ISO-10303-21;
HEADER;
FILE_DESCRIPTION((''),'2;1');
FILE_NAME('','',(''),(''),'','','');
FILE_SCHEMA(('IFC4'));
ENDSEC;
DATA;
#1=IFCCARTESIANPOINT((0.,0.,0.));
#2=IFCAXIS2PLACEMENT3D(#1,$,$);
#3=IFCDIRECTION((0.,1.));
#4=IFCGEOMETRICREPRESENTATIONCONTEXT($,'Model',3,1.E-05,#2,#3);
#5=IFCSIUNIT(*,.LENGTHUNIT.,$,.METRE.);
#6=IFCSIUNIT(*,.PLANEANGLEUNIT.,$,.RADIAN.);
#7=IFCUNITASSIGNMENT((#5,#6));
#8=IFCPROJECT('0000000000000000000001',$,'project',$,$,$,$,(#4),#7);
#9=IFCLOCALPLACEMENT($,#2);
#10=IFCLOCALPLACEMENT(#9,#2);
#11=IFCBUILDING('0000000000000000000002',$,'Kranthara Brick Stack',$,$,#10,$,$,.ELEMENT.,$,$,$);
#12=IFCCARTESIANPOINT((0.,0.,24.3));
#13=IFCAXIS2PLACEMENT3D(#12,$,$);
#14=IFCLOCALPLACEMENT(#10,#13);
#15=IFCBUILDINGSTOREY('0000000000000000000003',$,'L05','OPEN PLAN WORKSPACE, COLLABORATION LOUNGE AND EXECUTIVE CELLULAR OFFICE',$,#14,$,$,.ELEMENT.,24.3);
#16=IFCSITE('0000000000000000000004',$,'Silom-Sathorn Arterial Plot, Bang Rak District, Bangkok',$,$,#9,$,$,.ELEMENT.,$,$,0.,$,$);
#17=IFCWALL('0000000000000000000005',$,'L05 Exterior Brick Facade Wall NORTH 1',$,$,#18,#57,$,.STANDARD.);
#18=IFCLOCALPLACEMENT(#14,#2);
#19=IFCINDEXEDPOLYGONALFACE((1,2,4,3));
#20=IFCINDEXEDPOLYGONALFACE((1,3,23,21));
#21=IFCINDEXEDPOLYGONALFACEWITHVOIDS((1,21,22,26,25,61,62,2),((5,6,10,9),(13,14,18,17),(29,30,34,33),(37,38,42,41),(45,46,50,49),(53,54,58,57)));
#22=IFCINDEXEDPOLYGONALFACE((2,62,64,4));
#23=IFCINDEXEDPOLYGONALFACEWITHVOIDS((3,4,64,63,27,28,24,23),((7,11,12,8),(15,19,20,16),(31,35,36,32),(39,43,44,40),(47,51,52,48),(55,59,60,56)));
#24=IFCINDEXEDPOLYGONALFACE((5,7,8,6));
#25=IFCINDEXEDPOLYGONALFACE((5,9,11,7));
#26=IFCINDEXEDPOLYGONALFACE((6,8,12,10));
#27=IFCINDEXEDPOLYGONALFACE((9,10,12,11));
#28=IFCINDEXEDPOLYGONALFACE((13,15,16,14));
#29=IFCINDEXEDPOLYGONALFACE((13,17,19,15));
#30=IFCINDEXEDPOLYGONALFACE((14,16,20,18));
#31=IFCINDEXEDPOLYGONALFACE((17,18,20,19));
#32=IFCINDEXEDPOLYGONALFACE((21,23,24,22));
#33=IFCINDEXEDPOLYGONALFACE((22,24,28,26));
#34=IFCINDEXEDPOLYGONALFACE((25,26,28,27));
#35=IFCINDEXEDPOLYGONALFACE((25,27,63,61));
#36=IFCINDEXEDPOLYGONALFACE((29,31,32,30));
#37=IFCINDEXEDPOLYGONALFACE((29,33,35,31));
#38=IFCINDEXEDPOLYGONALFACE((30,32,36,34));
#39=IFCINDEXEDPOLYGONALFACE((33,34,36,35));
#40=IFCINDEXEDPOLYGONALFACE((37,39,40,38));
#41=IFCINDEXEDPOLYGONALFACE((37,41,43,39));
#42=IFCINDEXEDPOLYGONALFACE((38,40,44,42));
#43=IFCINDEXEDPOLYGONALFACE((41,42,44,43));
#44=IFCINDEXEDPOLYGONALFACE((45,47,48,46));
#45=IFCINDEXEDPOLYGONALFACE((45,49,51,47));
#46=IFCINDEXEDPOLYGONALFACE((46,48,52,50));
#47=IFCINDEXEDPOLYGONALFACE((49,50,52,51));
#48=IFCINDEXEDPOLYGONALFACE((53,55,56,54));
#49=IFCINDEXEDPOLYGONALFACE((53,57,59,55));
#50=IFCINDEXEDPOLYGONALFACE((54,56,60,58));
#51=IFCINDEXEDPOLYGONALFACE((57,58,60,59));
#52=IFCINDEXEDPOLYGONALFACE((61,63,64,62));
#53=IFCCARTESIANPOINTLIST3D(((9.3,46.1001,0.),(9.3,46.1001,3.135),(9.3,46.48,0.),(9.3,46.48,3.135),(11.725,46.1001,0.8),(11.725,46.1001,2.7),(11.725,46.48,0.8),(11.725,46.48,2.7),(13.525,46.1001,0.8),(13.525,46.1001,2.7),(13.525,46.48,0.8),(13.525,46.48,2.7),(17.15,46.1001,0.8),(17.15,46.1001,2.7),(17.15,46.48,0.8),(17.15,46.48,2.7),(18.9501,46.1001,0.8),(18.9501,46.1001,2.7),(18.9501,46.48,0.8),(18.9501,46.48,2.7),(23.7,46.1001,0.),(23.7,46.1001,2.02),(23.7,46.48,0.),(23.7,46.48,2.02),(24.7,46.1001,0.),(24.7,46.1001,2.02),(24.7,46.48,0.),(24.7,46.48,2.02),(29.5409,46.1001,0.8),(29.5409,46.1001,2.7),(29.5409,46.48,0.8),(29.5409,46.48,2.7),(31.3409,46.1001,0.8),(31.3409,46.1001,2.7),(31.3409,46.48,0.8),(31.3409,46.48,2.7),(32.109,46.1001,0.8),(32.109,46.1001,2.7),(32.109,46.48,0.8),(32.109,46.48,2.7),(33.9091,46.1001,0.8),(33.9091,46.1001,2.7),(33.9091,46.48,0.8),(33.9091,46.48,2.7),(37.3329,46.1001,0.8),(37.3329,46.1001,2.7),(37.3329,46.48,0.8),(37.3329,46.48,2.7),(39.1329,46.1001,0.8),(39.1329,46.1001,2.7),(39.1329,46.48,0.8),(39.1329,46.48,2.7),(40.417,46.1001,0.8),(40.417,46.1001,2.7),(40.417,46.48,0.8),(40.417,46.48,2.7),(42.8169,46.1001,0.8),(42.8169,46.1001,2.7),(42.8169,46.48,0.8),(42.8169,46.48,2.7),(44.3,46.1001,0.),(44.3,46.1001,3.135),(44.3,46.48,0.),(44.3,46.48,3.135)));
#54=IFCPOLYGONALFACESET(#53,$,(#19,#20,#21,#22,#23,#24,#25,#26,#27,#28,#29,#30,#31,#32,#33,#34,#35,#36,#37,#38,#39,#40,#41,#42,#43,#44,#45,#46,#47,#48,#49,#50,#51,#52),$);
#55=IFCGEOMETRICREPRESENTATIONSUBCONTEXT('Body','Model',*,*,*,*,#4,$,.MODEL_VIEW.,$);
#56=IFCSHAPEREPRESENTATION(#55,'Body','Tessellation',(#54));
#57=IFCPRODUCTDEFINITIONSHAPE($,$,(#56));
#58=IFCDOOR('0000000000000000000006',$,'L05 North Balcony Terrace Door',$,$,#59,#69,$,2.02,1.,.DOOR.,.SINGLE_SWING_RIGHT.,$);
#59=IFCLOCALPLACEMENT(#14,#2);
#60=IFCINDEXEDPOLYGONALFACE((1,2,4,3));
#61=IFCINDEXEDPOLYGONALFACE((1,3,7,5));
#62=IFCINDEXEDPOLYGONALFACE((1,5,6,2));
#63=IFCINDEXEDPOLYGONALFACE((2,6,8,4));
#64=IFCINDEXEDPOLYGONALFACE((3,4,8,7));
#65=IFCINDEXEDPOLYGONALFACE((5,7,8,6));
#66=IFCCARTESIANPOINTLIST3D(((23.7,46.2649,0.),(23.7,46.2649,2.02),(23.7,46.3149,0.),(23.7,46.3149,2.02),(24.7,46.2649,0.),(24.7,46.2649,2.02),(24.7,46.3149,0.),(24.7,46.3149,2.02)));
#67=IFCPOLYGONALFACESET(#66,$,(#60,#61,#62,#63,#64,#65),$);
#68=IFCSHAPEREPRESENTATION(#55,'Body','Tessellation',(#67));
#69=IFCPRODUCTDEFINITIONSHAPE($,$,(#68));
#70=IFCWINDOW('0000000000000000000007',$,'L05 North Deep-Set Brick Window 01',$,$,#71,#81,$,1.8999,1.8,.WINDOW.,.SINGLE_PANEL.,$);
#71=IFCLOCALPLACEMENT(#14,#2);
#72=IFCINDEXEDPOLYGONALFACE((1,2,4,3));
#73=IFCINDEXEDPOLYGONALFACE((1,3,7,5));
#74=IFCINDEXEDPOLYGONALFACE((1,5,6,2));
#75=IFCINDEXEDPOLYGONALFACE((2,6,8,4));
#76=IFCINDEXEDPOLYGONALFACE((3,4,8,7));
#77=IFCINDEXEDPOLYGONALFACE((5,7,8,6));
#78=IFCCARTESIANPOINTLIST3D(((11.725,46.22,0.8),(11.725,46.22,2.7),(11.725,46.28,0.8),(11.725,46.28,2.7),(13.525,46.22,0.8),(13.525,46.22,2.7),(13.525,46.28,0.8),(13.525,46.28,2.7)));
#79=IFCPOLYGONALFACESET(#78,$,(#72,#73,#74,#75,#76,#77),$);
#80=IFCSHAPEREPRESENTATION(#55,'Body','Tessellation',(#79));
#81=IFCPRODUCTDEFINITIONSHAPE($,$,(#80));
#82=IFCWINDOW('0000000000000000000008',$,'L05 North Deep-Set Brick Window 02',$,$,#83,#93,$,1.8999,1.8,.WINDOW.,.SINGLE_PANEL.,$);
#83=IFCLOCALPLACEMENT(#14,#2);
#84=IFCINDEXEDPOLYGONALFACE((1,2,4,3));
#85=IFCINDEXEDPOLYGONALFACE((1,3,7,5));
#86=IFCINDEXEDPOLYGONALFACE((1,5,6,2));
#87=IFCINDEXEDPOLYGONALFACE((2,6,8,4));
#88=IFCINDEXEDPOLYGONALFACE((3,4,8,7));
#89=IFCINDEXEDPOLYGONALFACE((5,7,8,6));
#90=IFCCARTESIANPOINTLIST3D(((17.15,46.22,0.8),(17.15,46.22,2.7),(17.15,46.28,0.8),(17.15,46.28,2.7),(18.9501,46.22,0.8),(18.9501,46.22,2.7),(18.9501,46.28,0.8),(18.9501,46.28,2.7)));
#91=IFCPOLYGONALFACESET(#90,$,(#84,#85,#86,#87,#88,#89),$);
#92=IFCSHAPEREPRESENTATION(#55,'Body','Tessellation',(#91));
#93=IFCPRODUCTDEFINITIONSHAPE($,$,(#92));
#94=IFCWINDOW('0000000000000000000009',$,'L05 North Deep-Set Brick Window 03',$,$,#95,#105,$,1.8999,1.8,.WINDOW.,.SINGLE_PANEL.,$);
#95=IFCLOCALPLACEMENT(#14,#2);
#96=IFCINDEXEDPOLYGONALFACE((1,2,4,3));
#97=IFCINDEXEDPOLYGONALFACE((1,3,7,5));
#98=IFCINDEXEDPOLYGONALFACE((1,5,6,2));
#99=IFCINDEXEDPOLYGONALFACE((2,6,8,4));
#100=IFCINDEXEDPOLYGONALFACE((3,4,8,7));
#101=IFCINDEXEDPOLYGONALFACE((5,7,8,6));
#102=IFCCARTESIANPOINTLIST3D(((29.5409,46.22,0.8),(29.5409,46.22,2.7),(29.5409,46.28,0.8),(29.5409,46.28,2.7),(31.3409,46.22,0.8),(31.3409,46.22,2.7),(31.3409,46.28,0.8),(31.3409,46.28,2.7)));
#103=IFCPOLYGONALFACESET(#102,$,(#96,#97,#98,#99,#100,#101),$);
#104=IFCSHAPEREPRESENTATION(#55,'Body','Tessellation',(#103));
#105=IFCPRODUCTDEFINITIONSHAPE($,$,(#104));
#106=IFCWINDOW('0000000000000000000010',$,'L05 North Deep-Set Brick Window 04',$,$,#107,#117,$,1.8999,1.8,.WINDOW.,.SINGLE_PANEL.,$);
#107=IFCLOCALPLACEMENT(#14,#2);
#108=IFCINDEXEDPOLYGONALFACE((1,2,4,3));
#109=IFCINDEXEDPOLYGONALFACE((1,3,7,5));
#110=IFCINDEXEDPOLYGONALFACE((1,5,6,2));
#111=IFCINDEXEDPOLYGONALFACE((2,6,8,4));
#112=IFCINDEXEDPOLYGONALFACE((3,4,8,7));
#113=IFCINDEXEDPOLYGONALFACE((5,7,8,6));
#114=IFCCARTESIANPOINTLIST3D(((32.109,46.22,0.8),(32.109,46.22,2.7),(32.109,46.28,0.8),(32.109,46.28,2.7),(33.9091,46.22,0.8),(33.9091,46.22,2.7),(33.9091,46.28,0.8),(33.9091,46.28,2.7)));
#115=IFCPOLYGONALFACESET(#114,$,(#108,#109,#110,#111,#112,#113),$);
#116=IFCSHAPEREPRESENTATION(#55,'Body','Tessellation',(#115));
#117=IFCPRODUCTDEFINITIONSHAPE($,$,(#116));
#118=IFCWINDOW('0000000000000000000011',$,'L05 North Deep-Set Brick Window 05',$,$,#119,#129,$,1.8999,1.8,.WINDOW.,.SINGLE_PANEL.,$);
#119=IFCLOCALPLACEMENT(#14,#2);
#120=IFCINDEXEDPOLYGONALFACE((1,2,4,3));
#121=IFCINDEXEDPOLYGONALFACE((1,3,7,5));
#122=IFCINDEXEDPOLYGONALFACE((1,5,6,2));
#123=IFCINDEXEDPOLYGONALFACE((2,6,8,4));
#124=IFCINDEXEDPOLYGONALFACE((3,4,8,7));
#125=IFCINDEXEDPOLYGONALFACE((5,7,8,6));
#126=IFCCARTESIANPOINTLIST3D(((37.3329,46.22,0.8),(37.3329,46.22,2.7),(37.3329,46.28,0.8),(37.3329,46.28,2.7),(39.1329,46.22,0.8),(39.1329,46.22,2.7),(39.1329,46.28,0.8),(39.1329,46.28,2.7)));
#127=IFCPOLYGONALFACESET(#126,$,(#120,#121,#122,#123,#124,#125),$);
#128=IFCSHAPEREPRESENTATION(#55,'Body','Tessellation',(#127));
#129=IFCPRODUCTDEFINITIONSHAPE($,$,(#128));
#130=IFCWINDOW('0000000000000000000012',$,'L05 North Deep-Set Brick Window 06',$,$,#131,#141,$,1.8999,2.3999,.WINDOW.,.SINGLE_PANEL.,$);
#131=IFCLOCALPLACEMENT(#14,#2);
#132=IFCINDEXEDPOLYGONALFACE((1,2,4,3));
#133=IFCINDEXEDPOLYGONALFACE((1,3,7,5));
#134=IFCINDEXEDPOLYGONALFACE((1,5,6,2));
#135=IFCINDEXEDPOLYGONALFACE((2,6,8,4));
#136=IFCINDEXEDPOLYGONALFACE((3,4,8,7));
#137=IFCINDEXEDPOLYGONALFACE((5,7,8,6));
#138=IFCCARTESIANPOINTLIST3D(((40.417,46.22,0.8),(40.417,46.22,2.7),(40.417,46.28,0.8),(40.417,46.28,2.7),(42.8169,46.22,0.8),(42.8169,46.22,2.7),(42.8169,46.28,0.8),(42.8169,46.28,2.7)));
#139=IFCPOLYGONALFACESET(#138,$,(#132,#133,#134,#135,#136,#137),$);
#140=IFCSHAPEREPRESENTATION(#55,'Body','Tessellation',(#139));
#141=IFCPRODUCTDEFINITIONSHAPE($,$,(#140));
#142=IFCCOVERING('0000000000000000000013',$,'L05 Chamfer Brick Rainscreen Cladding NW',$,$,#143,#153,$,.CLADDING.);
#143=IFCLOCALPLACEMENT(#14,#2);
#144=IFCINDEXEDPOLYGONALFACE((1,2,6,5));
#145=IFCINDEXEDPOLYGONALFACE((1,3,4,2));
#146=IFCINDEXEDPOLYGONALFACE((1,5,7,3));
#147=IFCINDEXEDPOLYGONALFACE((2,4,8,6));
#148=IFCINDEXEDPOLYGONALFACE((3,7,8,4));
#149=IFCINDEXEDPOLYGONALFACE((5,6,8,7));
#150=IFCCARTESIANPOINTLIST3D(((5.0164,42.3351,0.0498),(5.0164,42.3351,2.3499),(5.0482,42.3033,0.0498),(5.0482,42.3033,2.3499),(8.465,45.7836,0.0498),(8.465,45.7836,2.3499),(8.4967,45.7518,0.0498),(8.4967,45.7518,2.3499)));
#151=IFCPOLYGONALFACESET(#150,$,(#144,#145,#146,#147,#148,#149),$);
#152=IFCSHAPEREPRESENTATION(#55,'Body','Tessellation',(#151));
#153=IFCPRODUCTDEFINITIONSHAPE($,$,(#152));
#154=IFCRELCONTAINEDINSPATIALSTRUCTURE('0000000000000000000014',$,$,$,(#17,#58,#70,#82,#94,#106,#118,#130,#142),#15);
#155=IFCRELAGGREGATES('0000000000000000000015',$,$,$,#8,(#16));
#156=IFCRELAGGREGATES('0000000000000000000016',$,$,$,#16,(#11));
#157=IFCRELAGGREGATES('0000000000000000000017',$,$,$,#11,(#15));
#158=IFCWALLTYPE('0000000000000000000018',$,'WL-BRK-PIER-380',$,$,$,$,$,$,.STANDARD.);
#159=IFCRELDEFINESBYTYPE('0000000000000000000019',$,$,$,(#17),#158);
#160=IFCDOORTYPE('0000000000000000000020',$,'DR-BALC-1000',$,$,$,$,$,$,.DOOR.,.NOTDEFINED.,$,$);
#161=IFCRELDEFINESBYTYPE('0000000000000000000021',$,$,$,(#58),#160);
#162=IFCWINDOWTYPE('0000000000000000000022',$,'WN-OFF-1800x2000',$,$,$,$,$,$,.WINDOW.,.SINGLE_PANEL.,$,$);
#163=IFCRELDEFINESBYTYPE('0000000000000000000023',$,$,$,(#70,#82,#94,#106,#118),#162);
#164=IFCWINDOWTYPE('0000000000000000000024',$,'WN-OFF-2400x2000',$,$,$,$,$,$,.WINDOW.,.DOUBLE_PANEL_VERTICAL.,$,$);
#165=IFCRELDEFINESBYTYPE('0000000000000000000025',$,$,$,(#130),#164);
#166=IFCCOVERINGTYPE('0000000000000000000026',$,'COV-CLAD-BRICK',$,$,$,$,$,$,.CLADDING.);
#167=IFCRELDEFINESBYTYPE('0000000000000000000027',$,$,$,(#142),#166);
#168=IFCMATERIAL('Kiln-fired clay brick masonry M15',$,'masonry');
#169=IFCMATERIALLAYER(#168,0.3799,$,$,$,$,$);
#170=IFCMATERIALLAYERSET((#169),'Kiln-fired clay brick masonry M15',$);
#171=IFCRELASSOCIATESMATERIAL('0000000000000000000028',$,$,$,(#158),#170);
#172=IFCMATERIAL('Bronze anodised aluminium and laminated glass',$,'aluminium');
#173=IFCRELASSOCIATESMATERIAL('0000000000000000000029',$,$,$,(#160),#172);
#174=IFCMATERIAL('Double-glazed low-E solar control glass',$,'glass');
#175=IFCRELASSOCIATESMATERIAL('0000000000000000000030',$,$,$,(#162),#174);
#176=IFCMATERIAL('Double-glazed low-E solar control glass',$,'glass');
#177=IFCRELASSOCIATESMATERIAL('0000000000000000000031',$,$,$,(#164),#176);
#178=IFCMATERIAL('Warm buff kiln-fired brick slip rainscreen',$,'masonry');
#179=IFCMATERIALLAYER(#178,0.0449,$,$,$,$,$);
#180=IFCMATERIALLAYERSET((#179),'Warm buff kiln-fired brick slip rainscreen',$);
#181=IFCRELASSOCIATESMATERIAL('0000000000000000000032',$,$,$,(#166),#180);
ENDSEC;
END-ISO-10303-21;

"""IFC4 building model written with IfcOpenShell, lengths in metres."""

from ifc_helpers import new_model, si_unit, direction, frame, frame_2d, origin, origin_2d, place, context, subcontext, project, spatial, rectangle, extrude, material, layer, layer_set, type_object, element, fill, save


model = new_model("IFC4")

# Units and contexts
model_context = context("Model", 3, precision=1e-05, world=origin(), true_north=direction((0.0, 1.0)))
body_context = subcontext(model_context, "Body", "Model", "MODEL_VIEW")
ifc_project = project(units=[si_unit("LENGTHUNIT", "METRE"), si_unit("PLANEANGLEUNIT", "RADIAN")], contexts=[model_context])

# Site, building, storey
site_placement = place(None, origin())
site = spatial("IfcSite", under=ifc_project, at=site_placement, Name="Silom-Sathorn Arterial Plot, Bang Rak District, Bangkok", CompositionType="ELEMENT", RefElevation=0.0)
building_placement = place(site_placement, origin())
building = spatial("IfcBuilding", under=site, at=building_placement, Name="Kranthara Brick Stack", CompositionType="ELEMENT")
storey_placement = place(building_placement, frame((0.0, 0.0, 24.3)))
storey = spatial("IfcBuildingStorey", under=building, at=storey_placement, Name="L05", Description="OPEN PLAN WORKSPACE, COLLABORATION LOUNGE AND EXECUTIVE CELLULAR OFFICE", CompositionType="ELEMENT", Elevation=24.3)

# Wall, openings, door, windows
ifc_material_1 = material(Name="Kiln-fired clay brick masonry M15", Category="masonry")
ifc_layer_1 = layer(ifc_material_1, 0.3799)
ifc_layer_set_1 = layer_set([ifc_layer_1], Name="Kiln-fired clay brick masonry M15")
wall_type = type_object("IfcWallType", Name="WL-BRK-PIER-380", PredefinedType="STANDARD", material=ifc_layer_set_1)
wall_placement = place(storey_placement, frame((9.3, 46.29, 0.0), z_axis=(0.0, 0.0, 1.0), x_axis=(1.0, 0.0, 0.0)))
wall = element("IfcWall", 1, at=wall_placement, inside=storey, type_object=wall_type, Name="L05 Exterior Brick Facade Wall NORTH 1", PredefinedType="STANDARD", context=body_context, shape_type="SweptSolid", body=[
    extrude(rectangle(XDim=35.0, YDim=0.3799, at=frame_2d((17.5, 0.0))), origin(), (0.0, 0.0, 1.0), 3.135),
])
opening_1_placement = place(wall_placement, frame((14.3999, 0.0, 0.0)))
opening_1 = element("IfcOpeningElement", 2, at=opening_1_placement, cuts=wall, PredefinedType="OPENING", context=body_context, shape_type="SweptSolid", body=[
    extrude(rectangle(XDim=1.0, YDim=2.02, at=frame_2d((0.5, 1.01))), frame((0.0, 0.2, 0.0), z_axis=(0.0, -1.0, 0.0), x_axis=(1.0, 0.0, 0.0)), (0.0, 0.0, 1.0), 0.3999),
])
opening_2_placement = place(wall_placement, frame((2.425, 0.0, 0.8)))
opening_2 = element("IfcOpeningElement", 3, at=opening_2_placement, cuts=wall, PredefinedType="OPENING", context=body_context, shape_type="SweptSolid", body=[
    extrude(rectangle(XDim=1.8, YDim=1.8999, at=frame_2d((0.8999, 0.95))), frame((0.0, 0.2, 0.0), z_axis=(0.0, -1.0, 0.0), x_axis=(1.0, 0.0, 0.0)), (0.0, 0.0, 1.0), 0.3999),
])
opening_3_placement = place(wall_placement, frame((7.8501, 0.0, 0.8)))
opening_3 = element("IfcOpeningElement", 4, at=opening_3_placement, cuts=wall, PredefinedType="OPENING", context=body_context, shape_type="SweptSolid", body=[
    extrude(rectangle(XDim=1.8, YDim=1.8999, at=frame_2d((0.8999, 0.95))), frame((0.0, 0.2, 0.0), z_axis=(0.0, -1.0, 0.0), x_axis=(1.0, 0.0, 0.0)), (0.0, 0.0, 1.0), 0.3999),
])
opening_4_placement = place(wall_placement, frame((20.241, 0.0, 0.8)))
opening_4 = element("IfcOpeningElement", 5, at=opening_4_placement, cuts=wall, PredefinedType="OPENING", context=body_context, shape_type="SweptSolid", body=[
    extrude(rectangle(XDim=1.8, YDim=1.8999, at=frame_2d((0.8999, 0.95))), frame((0.0, 0.2, 0.0), z_axis=(0.0, -1.0, 0.0), x_axis=(1.0, 0.0, 0.0)), (0.0, 0.0, 1.0), 0.3999),
])
opening_5_placement = place(wall_placement, frame((22.8091, 0.0, 0.8)))
opening_5 = element("IfcOpeningElement", 6, at=opening_5_placement, cuts=wall, PredefinedType="OPENING", context=body_context, shape_type="SweptSolid", body=[
    extrude(rectangle(XDim=1.8, YDim=1.8999, at=frame_2d((0.8999, 0.95))), frame((0.0, 0.2, 0.0), z_axis=(0.0, -1.0, 0.0), x_axis=(1.0, 0.0, 0.0)), (0.0, 0.0, 1.0), 0.3999),
])
opening_6_placement = place(wall_placement, frame((28.033, 0.0, 0.8)))
opening_6 = element("IfcOpeningElement", 7, at=opening_6_placement, cuts=wall, PredefinedType="OPENING", context=body_context, shape_type="SweptSolid", body=[
    extrude(rectangle(XDim=1.8, YDim=1.8999, at=frame_2d((0.8999, 0.95))), frame((0.0, 0.2, 0.0), z_axis=(0.0, -1.0, 0.0), x_axis=(1.0, 0.0, 0.0)), (0.0, 0.0, 1.0), 0.3999),
])
opening_7_placement = place(wall_placement, frame((31.1169, 0.0, 0.8)))
opening_7 = element("IfcOpeningElement", 8, at=opening_7_placement, cuts=wall, PredefinedType="OPENING", context=body_context, shape_type="SweptSolid", body=[
    extrude(rectangle(XDim=2.3999, YDim=1.8999, at=frame_2d((1.2, 0.95))), frame((0.0, 0.2, 0.0), z_axis=(0.0, -1.0, 0.0), x_axis=(1.0, 0.0, 0.0)), (0.0, 0.0, 1.0), 0.3999),
])
ifc_material_2 = material(Name="Bronze anodised aluminium and laminated glass", Category="aluminium")
door_type = type_object("IfcDoorType", Name="DR-BALC-1000", OperationType="NOTDEFINED", PredefinedType="DOOR", material=ifc_material_2)
door_placement = place(opening_1_placement, origin())
door = element("IfcDoor", 9, at=door_placement, inside=storey, type_object=door_type, Name="L05 North Balcony Terrace Door", OperationType="SINGLE_SWING_RIGHT", OverallHeight=2.02, OverallWidth=1.0, PredefinedType="DOOR", context=body_context, shape_type="SweptSolid", body=[
    extrude(rectangle(XDim=1.0, YDim=2.02, at=frame_2d((0.5, 1.01))), frame((0.0, 0.0249, 0.0), z_axis=(0.0, -1.0, 0.0), x_axis=(1.0, 0.0, 0.0)), (0.0, 0.0, 1.0), 0.05),
])
fill(opening_1, door)
ifc_material_3 = material(Name="Double-glazed low-E solar control glass", Category="glass")
window_type_1 = type_object("IfcWindowType", Name="WN-OFF-1800x2000", PartitioningType="SINGLE_PANEL", PredefinedType="WINDOW", material=ifc_material_3)
window_1_placement = place(opening_2_placement, origin())
window_1 = element("IfcWindow", 10, at=window_1_placement, inside=storey, type_object=window_type_1, Name="L05 North Deep-Set Brick Window 01", OverallHeight=1.8999, OverallWidth=1.8, PartitioningType="SINGLE_PANEL", PredefinedType="WINDOW", context=body_context, shape_type="SweptSolid", body=[
    extrude(rectangle(XDim=1.8, YDim=1.8999, at=frame_2d((0.8999, 0.95))), frame((0.0, -0.01, 0.0), z_axis=(0.0, -1.0, 0.0), x_axis=(1.0, 0.0, 0.0)), (0.0, 0.0, 1.0), 0.0601),
])
fill(opening_2, window_1)
window_2_placement = place(opening_3_placement, origin())
window_2 = element("IfcWindow", 11, at=window_2_placement, inside=storey, type_object=window_type_1, Name="L05 North Deep-Set Brick Window 02", OverallHeight=1.8999, OverallWidth=1.8, PartitioningType="SINGLE_PANEL", PredefinedType="WINDOW", context=body_context, shape_type="SweptSolid", body=[
    extrude(rectangle(XDim=1.8, YDim=1.8999, at=frame_2d((0.8999, 0.95))), frame((0.0, -0.01, 0.0), z_axis=(0.0, -1.0, 0.0), x_axis=(1.0, 0.0, 0.0)), (0.0, 0.0, 1.0), 0.0601),
])
fill(opening_3, window_2)
window_3_placement = place(opening_4_placement, origin())
window_3 = element("IfcWindow", 12, at=window_3_placement, inside=storey, type_object=window_type_1, Name="L05 North Deep-Set Brick Window 03", OverallHeight=1.8999, OverallWidth=1.8, PartitioningType="SINGLE_PANEL", PredefinedType="WINDOW", context=body_context, shape_type="SweptSolid", body=[
    extrude(rectangle(XDim=1.8, YDim=1.8999, at=frame_2d((0.8999, 0.95))), frame((0.0, -0.01, 0.0), z_axis=(0.0, -1.0, 0.0), x_axis=(1.0, 0.0, 0.0)), (0.0, 0.0, 1.0), 0.0601),
])
fill(opening_4, window_3)
window_4_placement = place(opening_5_placement, origin())
window_4 = element("IfcWindow", 13, at=window_4_placement, inside=storey, type_object=window_type_1, Name="L05 North Deep-Set Brick Window 04", OverallHeight=1.8999, OverallWidth=1.8, PartitioningType="SINGLE_PANEL", PredefinedType="WINDOW", context=body_context, shape_type="SweptSolid", body=[
    extrude(rectangle(XDim=1.8, YDim=1.8999, at=frame_2d((0.8999, 0.95))), frame((0.0, -0.01, 0.0), z_axis=(0.0, -1.0, 0.0), x_axis=(1.0, 0.0, 0.0)), (0.0, 0.0, 1.0), 0.0601),
])
fill(opening_5, window_4)
window_5_placement = place(opening_6_placement, origin())
window_5 = element("IfcWindow", 14, at=window_5_placement, inside=storey, type_object=window_type_1, Name="L05 North Deep-Set Brick Window 05", OverallHeight=1.8999, OverallWidth=1.8, PartitioningType="SINGLE_PANEL", PredefinedType="WINDOW", context=body_context, shape_type="SweptSolid", body=[
    extrude(rectangle(XDim=1.8, YDim=1.8999, at=frame_2d((0.8999, 0.95))), frame((0.0, -0.01, 0.0), z_axis=(0.0, -1.0, 0.0), x_axis=(1.0, 0.0, 0.0)), (0.0, 0.0, 1.0), 0.0601),
])
fill(opening_6, window_5)
ifc_material_4 = material(Name="Double-glazed low-E solar control glass", Category="glass")
window_type_2 = type_object("IfcWindowType", Name="WN-OFF-2400x2000", PartitioningType="DOUBLE_PANEL_VERTICAL", PredefinedType="WINDOW", material=ifc_material_4)
window_6_placement = place(opening_7_placement, origin())
window_6 = element("IfcWindow", 15, at=window_6_placement, inside=storey, type_object=window_type_2, Name="L05 North Deep-Set Brick Window 06", OverallHeight=1.8999, OverallWidth=2.3999, PartitioningType="SINGLE_PANEL", PredefinedType="WINDOW", context=body_context, shape_type="SweptSolid", body=[
    extrude(rectangle(XDim=2.3999, YDim=1.8999, at=frame_2d((1.2, 0.95))), frame((0.0, -0.01, 0.0), z_axis=(0.0, -1.0, 0.0), x_axis=(1.0, 0.0, 0.0)), (0.0, 0.0, 1.0), 0.0601),
])
fill(opening_7, window_6)

# Covering
ifc_material_5 = material(Name="Warm buff kiln-fired brick slip rainscreen", Category="masonry")
ifc_layer_2 = layer(ifc_material_5, 0.0449)
ifc_layer_set_2 = layer_set([ifc_layer_2], Name="Warm buff kiln-fired brick slip rainscreen")
covering_type = type_object("IfcCoveringType", Name="COV-CLAD-BRICK", PredefinedType="CLADDING", material=ifc_layer_set_2)
covering_placement = place(storey_placement, frame((6.7566, 44.0435, 0.0498), z_axis=(0.0, 0.0, 1.0), x_axis=(0.707107, 0.707107, 0.0)))
element("IfcCovering", 16, at=covering_placement, inside=storey, type_object=covering_type, Name="L05 Chamfer Brick Rainscreen Cladding NW", PredefinedType="CLADDING", context=body_context, shape_type="SweptSolid", body=[
    extrude(rectangle(XDim=4.877, YDim=0.0449, at=origin_2d()), origin(), (0.0, 0.0, 1.0), 2.3),
])

save(model, "model.ifc")
